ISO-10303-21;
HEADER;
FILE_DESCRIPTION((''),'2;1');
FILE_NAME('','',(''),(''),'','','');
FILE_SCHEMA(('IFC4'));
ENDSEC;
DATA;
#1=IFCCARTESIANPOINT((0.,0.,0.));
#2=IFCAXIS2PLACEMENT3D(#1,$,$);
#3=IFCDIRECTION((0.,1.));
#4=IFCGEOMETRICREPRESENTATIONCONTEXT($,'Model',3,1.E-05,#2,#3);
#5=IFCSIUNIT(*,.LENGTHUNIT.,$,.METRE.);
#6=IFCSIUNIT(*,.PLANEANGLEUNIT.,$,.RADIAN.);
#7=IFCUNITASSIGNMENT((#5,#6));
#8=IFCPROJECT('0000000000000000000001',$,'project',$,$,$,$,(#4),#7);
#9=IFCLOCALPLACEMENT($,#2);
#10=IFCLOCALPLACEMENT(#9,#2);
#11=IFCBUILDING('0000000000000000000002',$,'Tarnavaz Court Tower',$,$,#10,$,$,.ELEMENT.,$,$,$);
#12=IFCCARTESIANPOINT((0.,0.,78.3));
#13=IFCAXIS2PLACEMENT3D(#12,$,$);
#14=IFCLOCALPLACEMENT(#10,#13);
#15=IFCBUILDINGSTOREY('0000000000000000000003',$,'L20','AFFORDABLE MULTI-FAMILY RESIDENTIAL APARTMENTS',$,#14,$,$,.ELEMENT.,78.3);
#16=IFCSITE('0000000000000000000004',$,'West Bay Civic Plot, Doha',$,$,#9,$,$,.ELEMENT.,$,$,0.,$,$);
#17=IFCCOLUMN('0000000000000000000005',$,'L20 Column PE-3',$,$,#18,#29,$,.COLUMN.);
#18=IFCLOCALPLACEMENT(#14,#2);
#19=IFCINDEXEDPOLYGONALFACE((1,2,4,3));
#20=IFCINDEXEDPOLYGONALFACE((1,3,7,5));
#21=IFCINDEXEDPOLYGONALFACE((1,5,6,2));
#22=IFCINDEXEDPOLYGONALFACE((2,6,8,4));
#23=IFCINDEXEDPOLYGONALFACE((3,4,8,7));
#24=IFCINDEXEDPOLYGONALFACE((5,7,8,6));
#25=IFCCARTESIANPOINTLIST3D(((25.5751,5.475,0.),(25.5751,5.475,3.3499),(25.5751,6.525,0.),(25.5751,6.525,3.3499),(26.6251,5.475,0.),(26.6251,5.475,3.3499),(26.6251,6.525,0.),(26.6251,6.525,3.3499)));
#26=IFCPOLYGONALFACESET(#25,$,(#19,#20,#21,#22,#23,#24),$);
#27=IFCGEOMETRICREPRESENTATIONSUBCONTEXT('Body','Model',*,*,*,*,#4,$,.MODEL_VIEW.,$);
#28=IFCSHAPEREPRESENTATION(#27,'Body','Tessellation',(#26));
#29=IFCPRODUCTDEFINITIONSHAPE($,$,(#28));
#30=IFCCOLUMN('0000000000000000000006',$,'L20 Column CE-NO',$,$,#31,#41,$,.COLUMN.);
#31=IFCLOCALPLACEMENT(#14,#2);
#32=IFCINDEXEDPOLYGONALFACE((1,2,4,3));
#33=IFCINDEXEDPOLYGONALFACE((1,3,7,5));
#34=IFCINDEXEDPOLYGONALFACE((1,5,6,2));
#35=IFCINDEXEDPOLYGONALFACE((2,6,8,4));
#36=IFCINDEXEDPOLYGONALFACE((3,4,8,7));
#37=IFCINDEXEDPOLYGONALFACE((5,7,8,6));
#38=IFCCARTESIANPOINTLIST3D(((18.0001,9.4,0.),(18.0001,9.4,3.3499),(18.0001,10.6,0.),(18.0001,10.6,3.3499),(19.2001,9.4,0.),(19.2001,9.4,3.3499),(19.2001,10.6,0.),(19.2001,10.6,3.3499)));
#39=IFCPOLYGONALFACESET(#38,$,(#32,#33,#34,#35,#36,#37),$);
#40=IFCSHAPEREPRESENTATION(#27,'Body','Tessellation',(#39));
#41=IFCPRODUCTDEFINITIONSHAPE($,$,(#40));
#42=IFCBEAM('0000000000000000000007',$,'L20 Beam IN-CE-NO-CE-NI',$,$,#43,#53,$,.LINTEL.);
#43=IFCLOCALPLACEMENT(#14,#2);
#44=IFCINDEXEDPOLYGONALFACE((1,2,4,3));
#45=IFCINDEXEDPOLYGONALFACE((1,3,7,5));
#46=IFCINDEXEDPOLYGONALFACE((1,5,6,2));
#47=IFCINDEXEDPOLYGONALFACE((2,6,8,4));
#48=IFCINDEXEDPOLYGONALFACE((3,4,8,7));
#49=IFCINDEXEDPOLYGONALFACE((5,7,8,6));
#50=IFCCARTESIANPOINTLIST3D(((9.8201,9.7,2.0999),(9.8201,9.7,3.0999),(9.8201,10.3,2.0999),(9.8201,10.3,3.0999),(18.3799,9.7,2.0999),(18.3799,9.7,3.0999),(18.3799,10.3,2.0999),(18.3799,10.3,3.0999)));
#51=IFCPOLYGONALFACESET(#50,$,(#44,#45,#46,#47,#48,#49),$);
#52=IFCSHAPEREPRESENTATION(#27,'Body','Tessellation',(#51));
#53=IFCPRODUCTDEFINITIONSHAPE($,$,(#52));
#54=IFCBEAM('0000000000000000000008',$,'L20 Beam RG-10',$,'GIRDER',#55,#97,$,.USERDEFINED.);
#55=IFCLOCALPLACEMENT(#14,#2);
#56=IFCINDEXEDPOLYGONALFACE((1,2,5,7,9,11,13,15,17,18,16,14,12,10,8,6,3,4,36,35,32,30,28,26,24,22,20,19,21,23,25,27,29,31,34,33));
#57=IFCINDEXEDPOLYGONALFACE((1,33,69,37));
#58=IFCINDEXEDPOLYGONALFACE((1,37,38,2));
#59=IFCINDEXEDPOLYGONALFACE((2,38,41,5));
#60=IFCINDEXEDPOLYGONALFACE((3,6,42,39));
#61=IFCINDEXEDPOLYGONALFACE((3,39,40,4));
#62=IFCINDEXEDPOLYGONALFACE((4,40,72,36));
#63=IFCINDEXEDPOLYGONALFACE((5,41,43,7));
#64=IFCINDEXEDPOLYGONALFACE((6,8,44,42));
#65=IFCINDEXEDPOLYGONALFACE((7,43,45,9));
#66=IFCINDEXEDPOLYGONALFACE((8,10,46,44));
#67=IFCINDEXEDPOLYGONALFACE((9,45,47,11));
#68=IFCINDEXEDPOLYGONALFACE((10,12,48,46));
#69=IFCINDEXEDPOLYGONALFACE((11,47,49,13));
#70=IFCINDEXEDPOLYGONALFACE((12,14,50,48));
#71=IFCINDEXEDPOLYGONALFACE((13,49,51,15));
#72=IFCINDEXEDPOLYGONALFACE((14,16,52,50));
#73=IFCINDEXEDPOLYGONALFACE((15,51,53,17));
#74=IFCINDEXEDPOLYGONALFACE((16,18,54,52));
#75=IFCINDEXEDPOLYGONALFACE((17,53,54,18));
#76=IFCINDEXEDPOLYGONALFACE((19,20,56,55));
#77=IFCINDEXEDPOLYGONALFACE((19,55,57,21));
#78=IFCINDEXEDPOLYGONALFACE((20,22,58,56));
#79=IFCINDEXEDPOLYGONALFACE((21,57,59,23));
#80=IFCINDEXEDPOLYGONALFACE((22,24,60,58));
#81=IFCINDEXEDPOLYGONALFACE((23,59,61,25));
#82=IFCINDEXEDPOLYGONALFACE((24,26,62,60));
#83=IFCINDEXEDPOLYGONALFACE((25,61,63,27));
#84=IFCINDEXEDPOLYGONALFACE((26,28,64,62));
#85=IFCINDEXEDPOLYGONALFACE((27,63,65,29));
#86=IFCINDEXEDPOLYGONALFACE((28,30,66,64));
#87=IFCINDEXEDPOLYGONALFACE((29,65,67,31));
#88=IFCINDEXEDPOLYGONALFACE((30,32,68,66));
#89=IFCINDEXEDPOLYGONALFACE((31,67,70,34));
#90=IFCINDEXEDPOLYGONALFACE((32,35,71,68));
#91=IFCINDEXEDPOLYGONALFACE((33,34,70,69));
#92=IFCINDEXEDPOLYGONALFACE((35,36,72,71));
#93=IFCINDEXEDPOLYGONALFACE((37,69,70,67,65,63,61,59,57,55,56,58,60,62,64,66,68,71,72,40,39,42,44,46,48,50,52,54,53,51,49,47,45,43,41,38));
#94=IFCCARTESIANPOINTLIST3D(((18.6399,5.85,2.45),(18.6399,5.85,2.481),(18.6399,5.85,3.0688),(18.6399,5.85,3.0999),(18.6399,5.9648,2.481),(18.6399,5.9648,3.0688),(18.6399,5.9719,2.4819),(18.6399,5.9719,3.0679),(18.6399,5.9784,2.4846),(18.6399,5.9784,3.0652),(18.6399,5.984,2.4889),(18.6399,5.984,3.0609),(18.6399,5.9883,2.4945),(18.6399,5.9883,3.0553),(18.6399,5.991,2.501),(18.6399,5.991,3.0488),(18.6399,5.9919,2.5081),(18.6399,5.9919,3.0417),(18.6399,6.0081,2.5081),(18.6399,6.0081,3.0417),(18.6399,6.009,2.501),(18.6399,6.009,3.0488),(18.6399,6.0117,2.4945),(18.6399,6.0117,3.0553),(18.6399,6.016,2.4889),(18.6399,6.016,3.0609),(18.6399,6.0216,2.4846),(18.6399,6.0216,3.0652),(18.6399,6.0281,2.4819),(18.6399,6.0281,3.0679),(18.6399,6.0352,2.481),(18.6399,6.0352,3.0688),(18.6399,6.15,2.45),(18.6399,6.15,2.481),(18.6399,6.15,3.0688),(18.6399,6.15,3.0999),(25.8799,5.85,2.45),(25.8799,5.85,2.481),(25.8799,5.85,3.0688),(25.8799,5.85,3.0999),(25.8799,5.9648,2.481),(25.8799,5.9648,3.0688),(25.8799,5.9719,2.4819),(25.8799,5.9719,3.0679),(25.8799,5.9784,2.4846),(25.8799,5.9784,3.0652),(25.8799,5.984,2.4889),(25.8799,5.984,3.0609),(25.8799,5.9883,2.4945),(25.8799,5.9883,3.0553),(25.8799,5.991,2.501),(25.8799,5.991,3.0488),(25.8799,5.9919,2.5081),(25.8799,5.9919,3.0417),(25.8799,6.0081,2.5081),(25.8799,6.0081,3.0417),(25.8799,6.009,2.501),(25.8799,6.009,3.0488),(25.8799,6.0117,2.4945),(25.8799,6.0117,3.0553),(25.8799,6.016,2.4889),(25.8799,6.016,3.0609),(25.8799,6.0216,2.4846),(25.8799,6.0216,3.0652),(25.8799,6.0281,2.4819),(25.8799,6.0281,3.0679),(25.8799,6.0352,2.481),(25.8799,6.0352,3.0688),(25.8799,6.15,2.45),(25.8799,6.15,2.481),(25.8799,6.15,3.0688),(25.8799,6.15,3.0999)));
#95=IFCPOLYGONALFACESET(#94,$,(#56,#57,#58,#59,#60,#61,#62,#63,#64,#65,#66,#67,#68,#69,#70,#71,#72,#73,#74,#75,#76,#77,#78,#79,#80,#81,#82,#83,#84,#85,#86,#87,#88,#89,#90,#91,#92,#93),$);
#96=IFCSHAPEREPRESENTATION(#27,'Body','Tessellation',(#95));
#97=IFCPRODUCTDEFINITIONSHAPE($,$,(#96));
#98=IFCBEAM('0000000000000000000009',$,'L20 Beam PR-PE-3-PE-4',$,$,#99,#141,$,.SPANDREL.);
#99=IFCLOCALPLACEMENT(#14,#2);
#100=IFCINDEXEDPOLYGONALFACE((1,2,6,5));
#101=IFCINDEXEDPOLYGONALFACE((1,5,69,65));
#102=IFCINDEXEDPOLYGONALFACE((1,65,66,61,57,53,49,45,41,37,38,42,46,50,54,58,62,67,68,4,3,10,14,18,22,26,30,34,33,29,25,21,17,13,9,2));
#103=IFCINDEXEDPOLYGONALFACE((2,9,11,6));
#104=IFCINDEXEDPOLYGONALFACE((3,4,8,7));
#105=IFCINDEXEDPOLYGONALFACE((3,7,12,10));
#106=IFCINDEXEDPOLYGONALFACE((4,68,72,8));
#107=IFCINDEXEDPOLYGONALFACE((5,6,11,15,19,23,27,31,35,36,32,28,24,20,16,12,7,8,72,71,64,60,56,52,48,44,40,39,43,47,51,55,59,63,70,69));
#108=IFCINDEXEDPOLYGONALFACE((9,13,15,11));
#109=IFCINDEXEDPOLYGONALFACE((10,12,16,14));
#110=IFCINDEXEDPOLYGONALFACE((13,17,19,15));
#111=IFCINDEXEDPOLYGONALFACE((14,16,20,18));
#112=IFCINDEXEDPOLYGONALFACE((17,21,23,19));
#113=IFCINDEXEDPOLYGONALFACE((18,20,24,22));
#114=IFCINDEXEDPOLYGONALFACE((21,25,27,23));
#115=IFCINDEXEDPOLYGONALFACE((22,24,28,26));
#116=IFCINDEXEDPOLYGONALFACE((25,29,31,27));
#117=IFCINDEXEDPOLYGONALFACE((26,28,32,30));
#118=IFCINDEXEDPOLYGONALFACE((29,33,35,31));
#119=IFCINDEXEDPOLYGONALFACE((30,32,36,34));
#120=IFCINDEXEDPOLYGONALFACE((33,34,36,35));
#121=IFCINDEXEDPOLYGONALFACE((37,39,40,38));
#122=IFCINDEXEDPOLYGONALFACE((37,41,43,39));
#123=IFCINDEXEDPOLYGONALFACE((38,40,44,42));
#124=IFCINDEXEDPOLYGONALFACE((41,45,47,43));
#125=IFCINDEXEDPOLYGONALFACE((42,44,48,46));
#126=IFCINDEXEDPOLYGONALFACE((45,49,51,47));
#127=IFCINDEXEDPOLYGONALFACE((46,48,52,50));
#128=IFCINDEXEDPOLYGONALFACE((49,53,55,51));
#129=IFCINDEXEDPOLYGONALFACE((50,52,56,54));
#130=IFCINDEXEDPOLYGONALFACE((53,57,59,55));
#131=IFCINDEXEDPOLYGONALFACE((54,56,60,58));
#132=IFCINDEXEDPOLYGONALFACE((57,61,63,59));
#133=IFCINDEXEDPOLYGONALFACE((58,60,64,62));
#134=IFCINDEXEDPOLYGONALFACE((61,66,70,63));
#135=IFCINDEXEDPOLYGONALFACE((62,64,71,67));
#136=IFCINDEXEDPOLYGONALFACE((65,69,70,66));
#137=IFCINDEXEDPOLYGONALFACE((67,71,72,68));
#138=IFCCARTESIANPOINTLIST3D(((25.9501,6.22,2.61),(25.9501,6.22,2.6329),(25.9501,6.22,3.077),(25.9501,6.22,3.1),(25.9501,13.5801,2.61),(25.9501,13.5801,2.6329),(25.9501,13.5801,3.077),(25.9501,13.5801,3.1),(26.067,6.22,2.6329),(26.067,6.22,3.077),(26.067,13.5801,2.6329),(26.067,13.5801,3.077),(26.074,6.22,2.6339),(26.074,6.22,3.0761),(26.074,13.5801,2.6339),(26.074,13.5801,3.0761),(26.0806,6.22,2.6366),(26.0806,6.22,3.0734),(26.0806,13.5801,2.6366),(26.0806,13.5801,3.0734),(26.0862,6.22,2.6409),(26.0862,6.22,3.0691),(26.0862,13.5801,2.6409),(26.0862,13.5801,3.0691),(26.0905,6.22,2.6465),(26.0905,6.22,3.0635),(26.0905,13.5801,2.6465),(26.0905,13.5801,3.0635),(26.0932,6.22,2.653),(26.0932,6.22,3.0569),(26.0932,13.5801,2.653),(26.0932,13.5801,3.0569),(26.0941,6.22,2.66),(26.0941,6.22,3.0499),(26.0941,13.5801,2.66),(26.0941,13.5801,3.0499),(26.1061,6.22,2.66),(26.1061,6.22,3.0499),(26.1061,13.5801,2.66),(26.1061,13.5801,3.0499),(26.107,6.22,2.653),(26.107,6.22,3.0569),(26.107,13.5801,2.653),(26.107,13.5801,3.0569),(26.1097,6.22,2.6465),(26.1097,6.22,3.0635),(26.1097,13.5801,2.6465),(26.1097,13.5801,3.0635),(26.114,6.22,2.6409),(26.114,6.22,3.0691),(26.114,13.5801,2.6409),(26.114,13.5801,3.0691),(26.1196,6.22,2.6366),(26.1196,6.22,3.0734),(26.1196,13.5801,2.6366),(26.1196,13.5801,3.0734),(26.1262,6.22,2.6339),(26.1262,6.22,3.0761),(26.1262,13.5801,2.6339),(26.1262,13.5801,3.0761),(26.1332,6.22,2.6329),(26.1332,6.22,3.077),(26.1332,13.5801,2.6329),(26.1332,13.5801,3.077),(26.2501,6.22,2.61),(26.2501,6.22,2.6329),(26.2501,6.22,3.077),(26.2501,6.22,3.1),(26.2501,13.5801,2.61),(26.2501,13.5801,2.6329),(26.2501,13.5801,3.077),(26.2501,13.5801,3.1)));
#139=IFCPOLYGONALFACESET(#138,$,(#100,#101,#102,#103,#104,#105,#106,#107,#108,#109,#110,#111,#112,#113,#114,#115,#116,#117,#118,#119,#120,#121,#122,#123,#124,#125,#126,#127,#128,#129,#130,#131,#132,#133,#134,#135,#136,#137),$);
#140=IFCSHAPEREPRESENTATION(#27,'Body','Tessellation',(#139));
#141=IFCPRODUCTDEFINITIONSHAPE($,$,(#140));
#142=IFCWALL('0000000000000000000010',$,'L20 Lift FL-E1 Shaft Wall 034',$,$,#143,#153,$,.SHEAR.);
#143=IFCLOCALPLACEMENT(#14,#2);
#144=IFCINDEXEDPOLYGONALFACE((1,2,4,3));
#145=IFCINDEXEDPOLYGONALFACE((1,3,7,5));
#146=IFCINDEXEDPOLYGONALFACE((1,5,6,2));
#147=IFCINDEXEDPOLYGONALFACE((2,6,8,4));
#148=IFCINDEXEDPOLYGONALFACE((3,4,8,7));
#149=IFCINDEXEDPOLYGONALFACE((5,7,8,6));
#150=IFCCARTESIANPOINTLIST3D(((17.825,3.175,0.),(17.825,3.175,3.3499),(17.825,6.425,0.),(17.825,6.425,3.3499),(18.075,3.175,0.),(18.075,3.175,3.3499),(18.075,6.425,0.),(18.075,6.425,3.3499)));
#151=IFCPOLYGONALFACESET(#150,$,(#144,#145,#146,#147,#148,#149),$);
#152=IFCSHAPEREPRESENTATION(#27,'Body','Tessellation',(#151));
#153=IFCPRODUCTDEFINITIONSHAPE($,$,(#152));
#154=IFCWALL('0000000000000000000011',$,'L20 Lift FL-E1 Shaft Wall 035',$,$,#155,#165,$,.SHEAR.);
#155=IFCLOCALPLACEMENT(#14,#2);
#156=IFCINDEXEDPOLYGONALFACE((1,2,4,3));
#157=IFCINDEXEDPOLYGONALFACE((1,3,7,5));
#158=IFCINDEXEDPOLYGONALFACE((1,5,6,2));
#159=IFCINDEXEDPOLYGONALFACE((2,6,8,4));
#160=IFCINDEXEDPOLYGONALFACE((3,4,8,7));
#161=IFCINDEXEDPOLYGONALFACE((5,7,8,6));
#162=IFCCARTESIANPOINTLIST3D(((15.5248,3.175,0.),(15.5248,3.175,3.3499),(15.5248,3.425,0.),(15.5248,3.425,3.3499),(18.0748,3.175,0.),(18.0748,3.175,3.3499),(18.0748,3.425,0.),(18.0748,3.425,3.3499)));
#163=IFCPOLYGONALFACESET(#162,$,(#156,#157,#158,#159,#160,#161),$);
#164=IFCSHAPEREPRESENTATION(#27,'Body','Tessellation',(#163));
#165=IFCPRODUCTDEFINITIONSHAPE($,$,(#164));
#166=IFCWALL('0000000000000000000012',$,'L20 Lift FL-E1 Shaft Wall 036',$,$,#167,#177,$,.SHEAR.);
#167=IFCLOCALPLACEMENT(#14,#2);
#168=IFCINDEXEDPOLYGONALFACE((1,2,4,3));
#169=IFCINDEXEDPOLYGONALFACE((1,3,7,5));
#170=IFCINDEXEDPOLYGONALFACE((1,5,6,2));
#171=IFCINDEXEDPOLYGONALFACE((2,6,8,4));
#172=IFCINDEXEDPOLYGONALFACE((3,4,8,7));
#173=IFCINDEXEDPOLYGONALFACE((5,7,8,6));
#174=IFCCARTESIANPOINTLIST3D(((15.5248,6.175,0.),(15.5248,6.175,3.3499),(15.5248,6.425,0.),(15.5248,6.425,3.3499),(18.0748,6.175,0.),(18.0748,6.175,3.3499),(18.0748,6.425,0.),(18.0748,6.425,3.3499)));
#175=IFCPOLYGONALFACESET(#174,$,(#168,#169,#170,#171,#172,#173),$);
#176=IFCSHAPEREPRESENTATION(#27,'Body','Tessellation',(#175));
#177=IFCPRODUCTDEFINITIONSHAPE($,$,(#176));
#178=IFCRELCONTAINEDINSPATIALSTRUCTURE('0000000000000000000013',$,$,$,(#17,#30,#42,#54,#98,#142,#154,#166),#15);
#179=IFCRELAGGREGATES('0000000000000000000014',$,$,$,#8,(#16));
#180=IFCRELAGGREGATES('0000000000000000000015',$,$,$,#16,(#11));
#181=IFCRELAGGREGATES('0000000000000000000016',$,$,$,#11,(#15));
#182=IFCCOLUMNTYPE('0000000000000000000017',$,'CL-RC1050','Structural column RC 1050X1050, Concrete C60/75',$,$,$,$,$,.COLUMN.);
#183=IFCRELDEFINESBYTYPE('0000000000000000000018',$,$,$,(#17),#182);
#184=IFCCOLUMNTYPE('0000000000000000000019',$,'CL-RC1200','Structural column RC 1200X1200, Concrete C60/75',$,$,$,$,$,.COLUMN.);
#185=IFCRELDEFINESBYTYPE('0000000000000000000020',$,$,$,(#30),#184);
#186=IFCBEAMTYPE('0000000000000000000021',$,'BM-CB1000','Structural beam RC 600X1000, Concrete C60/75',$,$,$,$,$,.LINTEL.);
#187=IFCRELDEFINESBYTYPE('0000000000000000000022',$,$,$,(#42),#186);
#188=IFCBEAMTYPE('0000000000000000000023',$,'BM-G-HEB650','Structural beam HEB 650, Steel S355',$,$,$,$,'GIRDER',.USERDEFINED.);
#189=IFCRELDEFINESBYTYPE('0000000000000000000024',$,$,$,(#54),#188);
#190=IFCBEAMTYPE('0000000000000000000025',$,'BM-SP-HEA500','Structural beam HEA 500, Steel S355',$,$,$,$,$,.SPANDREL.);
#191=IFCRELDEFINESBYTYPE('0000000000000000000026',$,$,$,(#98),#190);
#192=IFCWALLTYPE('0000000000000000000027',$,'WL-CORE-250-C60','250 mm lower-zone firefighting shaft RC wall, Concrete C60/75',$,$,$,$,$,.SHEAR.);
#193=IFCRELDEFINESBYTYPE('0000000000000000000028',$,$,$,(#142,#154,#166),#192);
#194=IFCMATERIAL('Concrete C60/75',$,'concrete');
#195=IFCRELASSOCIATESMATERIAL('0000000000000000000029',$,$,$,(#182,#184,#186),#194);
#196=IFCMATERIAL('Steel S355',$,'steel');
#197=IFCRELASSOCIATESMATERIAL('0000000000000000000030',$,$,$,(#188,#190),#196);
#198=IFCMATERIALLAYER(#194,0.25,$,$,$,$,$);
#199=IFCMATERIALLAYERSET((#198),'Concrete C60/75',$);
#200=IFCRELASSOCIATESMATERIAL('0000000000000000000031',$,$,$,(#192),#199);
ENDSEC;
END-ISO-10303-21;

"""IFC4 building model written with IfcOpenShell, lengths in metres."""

from ifc_helpers import new_model, si_unit, direction, frame, frame_2d, origin, origin_2d, place, context, subcontext, project, spatial, rectangle, i_section, extrude, material, layer, layer_set, material_profile, profile_set, type_object, element, save


model = new_model("IFC4")

# Units and contexts
model_context = context("Model", 3, precision=1e-05, world=origin(), true_north=direction((0.0, 1.0)))
body_context = subcontext(model_context, "Body", "Model", "MODEL_VIEW")
ifc_project = project(units=[si_unit("LENGTHUNIT", "METRE"), si_unit("PLANEANGLEUNIT", "RADIAN")], contexts=[model_context])

# Site, building, storey
site_placement = place(None, origin())
site = spatial("IfcSite", under=ifc_project, at=site_placement, Name="West Bay Civic Plot, Doha", CompositionType="ELEMENT", RefElevation=0.0)
building_placement = place(site_placement, origin())
building = spatial("IfcBuilding", under=site, at=building_placement, Name="Tarnavaz Court Tower", CompositionType="ELEMENT")
storey_placement = place(building_placement, frame((0.0, 0.0, 78.3)))
storey = spatial("IfcBuildingStorey", under=building, at=storey_placement, Name="L20", Description="AFFORDABLE MULTI-FAMILY RESIDENTIAL APARTMENTS", CompositionType="ELEMENT", Elevation=78.3)

# Columns
ifc_material_1 = material(Name="Concrete C60/75", Category="concrete")
ifc_material_profile_1 = material_profile(ifc_material_1, rectangle(XDim=1.05, YDim=1.05, at=origin_2d()), Name="RC 1050X1050")
ifc_profile_set_1 = profile_set([ifc_material_profile_1], Name="Concrete C60/75")
column_type_1 = type_object("IfcColumnType", Name="CL-RC1050", Description="Structural column RC 1050X1050, Concrete C60/75", PredefinedType="COLUMN", material=ifc_profile_set_1)
column_1_placement = place(storey_placement, frame((26.1001, 6.0, 0.0), z_axis=(0.0, 0.0, 1.0), x_axis=(1.0, 0.0, 0.0)))
element("IfcColumn", 1, at=column_1_placement, inside=storey, type_object=column_type_1, Name="L20 Column PE-3", PredefinedType="COLUMN", context=body_context, shape_type="SweptSolid", body=[
    extrude(rectangle(XDim=1.05, YDim=1.05, at=origin_2d()), origin(), (0.0, 0.0, 1.0), 3.3499),
])
ifc_material_profile_2 = material_profile(ifc_material_1, rectangle(XDim=1.2, YDim=1.2, at=origin_2d()), Name="RC 1200X1200")
ifc_profile_set_2 = profile_set([ifc_material_profile_2], Name="Concrete C60/75")
column_type_2 = type_object("IfcColumnType", Name="CL-RC1200", Description="Structural column RC 1200X1200, Concrete C60/75", PredefinedType="COLUMN", material=ifc_profile_set_2)
column_2_placement = place(storey_placement, frame((18.6001, 10.0, 0.0), z_axis=(0.0, 0.0, 1.0), x_axis=(1.0, 0.0, 0.0)))
element("IfcColumn", 2, at=column_2_placement, inside=storey, type_object=column_type_2, Name="L20 Column CE-NO", PredefinedType="COLUMN", context=body_context, shape_type="SweptSolid", body=[
    extrude(rectangle(XDim=1.2, YDim=1.2, at=origin_2d()), origin(), (0.0, 0.0, 1.0), 3.3499),
])

# Beams
ifc_material_profile_3 = material_profile(ifc_material_1, rectangle(XDim=0.6001, YDim=1.0, at=origin_2d()), Name="RC 600X1000")
ifc_profile_set_3 = profile_set([ifc_material_profile_3], Name="Concrete C60/75")
beam_type_1 = type_object("IfcBeamType", Name="BM-CB1000", Description="Structural beam RC 600X1000, Concrete C60/75", PredefinedType="LINTEL", material=ifc_profile_set_3)
beam_1_placement = place(storey_placement, frame((18.3799, 10.0, 2.5999), z_axis=(-1.0, 0.0, 0.0), x_axis=(0.0, -1.0, 0.0)))
element("IfcBeam", 3, at=beam_1_placement, inside=storey, type_object=beam_type_1, Name="L20 Beam IN-CE-NO-CE-NI", PredefinedType="LINTEL", context=body_context, shape_type="SweptSolid", body=[
    extrude(rectangle(XDim=0.6001, YDim=1.0, at=origin_2d()), origin(), (0.0, 0.0, 1.0), 8.5598),
])
ifc_material_2 = material(Name="Steel S355", Category="steel")
ifc_material_profile_4 = material_profile(ifc_material_2, i_section(OverallWidth=0.3, OverallDepth=0.6499, WebThickness=0.0161, FlangeThickness=0.031, FilletRadius=0.0271, at=origin_2d()), Name="HEB 650")
ifc_profile_set_4 = profile_set([ifc_material_profile_4], Name="Steel S355")
beam_type_2 = type_object("IfcBeamType", Name="BM-G-HEB650", Description="Structural beam HEB 650, Steel S355", ElementType="GIRDER", PredefinedType="USERDEFINED", material=ifc_profile_set_4)
beam_2_placement = place(storey_placement, frame((18.6399, 6.0, 2.7749), z_axis=(1.0, 0.0, 0.0), x_axis=(0.0, 1.0, 0.0)))
element("IfcBeam", 4, at=beam_2_placement, inside=storey, type_object=beam_type_2, Name="L20 Beam RG-10", ObjectType="GIRDER", PredefinedType="USERDEFINED", context=body_context, shape_type="SweptSolid", body=[
    extrude(i_section(OverallWidth=0.3, OverallDepth=0.6499, WebThickness=0.0161, FlangeThickness=0.031, FilletRadius=0.0271, at=origin_2d()), origin(), (0.0, 0.0, 1.0), 7.24),
])
ifc_material_profile_5 = material_profile(ifc_material_2, i_section(OverallWidth=0.3, OverallDepth=0.49, WebThickness=0.012, FlangeThickness=0.0229, FilletRadius=0.0271, at=origin_2d()), Name="HEA 500")
ifc_profile_set_5 = profile_set([ifc_material_profile_5], Name="Steel S355")
beam_type_3 = type_object("IfcBeamType", Name="BM-SP-HEA500", Description="Structural beam HEA 500, Steel S355", PredefinedType="SPANDREL", material=ifc_profile_set_5)
beam_3_placement = place(storey_placement, frame((26.1001, 6.22, 2.855), z_axis=(0.0, 1.0, 0.0), x_axis=(-1.0, 0.0, 0.0)))
element("IfcBeam", 5, at=beam_3_placement, inside=storey, type_object=beam_type_3, Name="L20 Beam PR-PE-3-PE-4", PredefinedType="SPANDREL", context=body_context, shape_type="SweptSolid", body=[
    extrude(i_section(OverallWidth=0.3, OverallDepth=0.49, WebThickness=0.012, FlangeThickness=0.0229, FilletRadius=0.0271, at=origin_2d()), origin(), (0.0, 0.0, 1.0), 7.3601),
])

# Shared definitions
ifc_layer_1 = layer(ifc_material_1, 0.25)
ifc_layer_set_1 = layer_set([ifc_layer_1], Name="Concrete C60/75")
wall_type_1 = type_object("IfcWallType", Name="WL-CORE-250-C60", Description="250 mm lower-zone firefighting shaft RC wall, Concrete C60/75", PredefinedType="SHEAR", material=ifc_layer_set_1)

# Walls
wall_1_placement = place(storey_placement, frame((17.95, 3.175, 0.0), z_axis=(0.0, 0.0, 1.0), x_axis=(0.0, 1.0, 0.0)))
element("IfcWall", 6, at=wall_1_placement, inside=storey, type_object=wall_type_1, Name="L20 Lift FL-E1 Shaft Wall 034", PredefinedType="SHEAR", context=body_context, shape_type="SweptSolid", body=[
    extrude(rectangle(XDim=3.25, YDim=0.25, at=frame_2d((1.625, 0.0))), origin(), (0.0, 0.0, 1.0), 3.3499),
])
for number, where, z_axis, x_axis, name in (
    (7, (15.5249, 3.3, 0.0), (0.0, 0.0, 1.0), (1.0, 0.0, 0.0), "L20 Lift FL-E1 Shaft Wall 035"),
    (8, (15.5249, 6.3, 0.0), (0.0, 0.0, 1.0), (1.0, 0.0, 0.0), "L20 Lift FL-E1 Shaft Wall 036"),
):
    element("IfcWall", number, at=place(storey_placement, frame(where, z_axis=z_axis, x_axis=x_axis)), inside=storey, type_object=wall_type_1, Name=name, PredefinedType="SHEAR", context=body_context, shape_type="SweptSolid", body=[
        extrude(rectangle(XDim=2.55, YDim=0.25, at=frame_2d((1.2749, 0.0))), origin(), (0.0, 0.0, 1.0), 3.3499),
    ])

save(model, "model.ifc")
